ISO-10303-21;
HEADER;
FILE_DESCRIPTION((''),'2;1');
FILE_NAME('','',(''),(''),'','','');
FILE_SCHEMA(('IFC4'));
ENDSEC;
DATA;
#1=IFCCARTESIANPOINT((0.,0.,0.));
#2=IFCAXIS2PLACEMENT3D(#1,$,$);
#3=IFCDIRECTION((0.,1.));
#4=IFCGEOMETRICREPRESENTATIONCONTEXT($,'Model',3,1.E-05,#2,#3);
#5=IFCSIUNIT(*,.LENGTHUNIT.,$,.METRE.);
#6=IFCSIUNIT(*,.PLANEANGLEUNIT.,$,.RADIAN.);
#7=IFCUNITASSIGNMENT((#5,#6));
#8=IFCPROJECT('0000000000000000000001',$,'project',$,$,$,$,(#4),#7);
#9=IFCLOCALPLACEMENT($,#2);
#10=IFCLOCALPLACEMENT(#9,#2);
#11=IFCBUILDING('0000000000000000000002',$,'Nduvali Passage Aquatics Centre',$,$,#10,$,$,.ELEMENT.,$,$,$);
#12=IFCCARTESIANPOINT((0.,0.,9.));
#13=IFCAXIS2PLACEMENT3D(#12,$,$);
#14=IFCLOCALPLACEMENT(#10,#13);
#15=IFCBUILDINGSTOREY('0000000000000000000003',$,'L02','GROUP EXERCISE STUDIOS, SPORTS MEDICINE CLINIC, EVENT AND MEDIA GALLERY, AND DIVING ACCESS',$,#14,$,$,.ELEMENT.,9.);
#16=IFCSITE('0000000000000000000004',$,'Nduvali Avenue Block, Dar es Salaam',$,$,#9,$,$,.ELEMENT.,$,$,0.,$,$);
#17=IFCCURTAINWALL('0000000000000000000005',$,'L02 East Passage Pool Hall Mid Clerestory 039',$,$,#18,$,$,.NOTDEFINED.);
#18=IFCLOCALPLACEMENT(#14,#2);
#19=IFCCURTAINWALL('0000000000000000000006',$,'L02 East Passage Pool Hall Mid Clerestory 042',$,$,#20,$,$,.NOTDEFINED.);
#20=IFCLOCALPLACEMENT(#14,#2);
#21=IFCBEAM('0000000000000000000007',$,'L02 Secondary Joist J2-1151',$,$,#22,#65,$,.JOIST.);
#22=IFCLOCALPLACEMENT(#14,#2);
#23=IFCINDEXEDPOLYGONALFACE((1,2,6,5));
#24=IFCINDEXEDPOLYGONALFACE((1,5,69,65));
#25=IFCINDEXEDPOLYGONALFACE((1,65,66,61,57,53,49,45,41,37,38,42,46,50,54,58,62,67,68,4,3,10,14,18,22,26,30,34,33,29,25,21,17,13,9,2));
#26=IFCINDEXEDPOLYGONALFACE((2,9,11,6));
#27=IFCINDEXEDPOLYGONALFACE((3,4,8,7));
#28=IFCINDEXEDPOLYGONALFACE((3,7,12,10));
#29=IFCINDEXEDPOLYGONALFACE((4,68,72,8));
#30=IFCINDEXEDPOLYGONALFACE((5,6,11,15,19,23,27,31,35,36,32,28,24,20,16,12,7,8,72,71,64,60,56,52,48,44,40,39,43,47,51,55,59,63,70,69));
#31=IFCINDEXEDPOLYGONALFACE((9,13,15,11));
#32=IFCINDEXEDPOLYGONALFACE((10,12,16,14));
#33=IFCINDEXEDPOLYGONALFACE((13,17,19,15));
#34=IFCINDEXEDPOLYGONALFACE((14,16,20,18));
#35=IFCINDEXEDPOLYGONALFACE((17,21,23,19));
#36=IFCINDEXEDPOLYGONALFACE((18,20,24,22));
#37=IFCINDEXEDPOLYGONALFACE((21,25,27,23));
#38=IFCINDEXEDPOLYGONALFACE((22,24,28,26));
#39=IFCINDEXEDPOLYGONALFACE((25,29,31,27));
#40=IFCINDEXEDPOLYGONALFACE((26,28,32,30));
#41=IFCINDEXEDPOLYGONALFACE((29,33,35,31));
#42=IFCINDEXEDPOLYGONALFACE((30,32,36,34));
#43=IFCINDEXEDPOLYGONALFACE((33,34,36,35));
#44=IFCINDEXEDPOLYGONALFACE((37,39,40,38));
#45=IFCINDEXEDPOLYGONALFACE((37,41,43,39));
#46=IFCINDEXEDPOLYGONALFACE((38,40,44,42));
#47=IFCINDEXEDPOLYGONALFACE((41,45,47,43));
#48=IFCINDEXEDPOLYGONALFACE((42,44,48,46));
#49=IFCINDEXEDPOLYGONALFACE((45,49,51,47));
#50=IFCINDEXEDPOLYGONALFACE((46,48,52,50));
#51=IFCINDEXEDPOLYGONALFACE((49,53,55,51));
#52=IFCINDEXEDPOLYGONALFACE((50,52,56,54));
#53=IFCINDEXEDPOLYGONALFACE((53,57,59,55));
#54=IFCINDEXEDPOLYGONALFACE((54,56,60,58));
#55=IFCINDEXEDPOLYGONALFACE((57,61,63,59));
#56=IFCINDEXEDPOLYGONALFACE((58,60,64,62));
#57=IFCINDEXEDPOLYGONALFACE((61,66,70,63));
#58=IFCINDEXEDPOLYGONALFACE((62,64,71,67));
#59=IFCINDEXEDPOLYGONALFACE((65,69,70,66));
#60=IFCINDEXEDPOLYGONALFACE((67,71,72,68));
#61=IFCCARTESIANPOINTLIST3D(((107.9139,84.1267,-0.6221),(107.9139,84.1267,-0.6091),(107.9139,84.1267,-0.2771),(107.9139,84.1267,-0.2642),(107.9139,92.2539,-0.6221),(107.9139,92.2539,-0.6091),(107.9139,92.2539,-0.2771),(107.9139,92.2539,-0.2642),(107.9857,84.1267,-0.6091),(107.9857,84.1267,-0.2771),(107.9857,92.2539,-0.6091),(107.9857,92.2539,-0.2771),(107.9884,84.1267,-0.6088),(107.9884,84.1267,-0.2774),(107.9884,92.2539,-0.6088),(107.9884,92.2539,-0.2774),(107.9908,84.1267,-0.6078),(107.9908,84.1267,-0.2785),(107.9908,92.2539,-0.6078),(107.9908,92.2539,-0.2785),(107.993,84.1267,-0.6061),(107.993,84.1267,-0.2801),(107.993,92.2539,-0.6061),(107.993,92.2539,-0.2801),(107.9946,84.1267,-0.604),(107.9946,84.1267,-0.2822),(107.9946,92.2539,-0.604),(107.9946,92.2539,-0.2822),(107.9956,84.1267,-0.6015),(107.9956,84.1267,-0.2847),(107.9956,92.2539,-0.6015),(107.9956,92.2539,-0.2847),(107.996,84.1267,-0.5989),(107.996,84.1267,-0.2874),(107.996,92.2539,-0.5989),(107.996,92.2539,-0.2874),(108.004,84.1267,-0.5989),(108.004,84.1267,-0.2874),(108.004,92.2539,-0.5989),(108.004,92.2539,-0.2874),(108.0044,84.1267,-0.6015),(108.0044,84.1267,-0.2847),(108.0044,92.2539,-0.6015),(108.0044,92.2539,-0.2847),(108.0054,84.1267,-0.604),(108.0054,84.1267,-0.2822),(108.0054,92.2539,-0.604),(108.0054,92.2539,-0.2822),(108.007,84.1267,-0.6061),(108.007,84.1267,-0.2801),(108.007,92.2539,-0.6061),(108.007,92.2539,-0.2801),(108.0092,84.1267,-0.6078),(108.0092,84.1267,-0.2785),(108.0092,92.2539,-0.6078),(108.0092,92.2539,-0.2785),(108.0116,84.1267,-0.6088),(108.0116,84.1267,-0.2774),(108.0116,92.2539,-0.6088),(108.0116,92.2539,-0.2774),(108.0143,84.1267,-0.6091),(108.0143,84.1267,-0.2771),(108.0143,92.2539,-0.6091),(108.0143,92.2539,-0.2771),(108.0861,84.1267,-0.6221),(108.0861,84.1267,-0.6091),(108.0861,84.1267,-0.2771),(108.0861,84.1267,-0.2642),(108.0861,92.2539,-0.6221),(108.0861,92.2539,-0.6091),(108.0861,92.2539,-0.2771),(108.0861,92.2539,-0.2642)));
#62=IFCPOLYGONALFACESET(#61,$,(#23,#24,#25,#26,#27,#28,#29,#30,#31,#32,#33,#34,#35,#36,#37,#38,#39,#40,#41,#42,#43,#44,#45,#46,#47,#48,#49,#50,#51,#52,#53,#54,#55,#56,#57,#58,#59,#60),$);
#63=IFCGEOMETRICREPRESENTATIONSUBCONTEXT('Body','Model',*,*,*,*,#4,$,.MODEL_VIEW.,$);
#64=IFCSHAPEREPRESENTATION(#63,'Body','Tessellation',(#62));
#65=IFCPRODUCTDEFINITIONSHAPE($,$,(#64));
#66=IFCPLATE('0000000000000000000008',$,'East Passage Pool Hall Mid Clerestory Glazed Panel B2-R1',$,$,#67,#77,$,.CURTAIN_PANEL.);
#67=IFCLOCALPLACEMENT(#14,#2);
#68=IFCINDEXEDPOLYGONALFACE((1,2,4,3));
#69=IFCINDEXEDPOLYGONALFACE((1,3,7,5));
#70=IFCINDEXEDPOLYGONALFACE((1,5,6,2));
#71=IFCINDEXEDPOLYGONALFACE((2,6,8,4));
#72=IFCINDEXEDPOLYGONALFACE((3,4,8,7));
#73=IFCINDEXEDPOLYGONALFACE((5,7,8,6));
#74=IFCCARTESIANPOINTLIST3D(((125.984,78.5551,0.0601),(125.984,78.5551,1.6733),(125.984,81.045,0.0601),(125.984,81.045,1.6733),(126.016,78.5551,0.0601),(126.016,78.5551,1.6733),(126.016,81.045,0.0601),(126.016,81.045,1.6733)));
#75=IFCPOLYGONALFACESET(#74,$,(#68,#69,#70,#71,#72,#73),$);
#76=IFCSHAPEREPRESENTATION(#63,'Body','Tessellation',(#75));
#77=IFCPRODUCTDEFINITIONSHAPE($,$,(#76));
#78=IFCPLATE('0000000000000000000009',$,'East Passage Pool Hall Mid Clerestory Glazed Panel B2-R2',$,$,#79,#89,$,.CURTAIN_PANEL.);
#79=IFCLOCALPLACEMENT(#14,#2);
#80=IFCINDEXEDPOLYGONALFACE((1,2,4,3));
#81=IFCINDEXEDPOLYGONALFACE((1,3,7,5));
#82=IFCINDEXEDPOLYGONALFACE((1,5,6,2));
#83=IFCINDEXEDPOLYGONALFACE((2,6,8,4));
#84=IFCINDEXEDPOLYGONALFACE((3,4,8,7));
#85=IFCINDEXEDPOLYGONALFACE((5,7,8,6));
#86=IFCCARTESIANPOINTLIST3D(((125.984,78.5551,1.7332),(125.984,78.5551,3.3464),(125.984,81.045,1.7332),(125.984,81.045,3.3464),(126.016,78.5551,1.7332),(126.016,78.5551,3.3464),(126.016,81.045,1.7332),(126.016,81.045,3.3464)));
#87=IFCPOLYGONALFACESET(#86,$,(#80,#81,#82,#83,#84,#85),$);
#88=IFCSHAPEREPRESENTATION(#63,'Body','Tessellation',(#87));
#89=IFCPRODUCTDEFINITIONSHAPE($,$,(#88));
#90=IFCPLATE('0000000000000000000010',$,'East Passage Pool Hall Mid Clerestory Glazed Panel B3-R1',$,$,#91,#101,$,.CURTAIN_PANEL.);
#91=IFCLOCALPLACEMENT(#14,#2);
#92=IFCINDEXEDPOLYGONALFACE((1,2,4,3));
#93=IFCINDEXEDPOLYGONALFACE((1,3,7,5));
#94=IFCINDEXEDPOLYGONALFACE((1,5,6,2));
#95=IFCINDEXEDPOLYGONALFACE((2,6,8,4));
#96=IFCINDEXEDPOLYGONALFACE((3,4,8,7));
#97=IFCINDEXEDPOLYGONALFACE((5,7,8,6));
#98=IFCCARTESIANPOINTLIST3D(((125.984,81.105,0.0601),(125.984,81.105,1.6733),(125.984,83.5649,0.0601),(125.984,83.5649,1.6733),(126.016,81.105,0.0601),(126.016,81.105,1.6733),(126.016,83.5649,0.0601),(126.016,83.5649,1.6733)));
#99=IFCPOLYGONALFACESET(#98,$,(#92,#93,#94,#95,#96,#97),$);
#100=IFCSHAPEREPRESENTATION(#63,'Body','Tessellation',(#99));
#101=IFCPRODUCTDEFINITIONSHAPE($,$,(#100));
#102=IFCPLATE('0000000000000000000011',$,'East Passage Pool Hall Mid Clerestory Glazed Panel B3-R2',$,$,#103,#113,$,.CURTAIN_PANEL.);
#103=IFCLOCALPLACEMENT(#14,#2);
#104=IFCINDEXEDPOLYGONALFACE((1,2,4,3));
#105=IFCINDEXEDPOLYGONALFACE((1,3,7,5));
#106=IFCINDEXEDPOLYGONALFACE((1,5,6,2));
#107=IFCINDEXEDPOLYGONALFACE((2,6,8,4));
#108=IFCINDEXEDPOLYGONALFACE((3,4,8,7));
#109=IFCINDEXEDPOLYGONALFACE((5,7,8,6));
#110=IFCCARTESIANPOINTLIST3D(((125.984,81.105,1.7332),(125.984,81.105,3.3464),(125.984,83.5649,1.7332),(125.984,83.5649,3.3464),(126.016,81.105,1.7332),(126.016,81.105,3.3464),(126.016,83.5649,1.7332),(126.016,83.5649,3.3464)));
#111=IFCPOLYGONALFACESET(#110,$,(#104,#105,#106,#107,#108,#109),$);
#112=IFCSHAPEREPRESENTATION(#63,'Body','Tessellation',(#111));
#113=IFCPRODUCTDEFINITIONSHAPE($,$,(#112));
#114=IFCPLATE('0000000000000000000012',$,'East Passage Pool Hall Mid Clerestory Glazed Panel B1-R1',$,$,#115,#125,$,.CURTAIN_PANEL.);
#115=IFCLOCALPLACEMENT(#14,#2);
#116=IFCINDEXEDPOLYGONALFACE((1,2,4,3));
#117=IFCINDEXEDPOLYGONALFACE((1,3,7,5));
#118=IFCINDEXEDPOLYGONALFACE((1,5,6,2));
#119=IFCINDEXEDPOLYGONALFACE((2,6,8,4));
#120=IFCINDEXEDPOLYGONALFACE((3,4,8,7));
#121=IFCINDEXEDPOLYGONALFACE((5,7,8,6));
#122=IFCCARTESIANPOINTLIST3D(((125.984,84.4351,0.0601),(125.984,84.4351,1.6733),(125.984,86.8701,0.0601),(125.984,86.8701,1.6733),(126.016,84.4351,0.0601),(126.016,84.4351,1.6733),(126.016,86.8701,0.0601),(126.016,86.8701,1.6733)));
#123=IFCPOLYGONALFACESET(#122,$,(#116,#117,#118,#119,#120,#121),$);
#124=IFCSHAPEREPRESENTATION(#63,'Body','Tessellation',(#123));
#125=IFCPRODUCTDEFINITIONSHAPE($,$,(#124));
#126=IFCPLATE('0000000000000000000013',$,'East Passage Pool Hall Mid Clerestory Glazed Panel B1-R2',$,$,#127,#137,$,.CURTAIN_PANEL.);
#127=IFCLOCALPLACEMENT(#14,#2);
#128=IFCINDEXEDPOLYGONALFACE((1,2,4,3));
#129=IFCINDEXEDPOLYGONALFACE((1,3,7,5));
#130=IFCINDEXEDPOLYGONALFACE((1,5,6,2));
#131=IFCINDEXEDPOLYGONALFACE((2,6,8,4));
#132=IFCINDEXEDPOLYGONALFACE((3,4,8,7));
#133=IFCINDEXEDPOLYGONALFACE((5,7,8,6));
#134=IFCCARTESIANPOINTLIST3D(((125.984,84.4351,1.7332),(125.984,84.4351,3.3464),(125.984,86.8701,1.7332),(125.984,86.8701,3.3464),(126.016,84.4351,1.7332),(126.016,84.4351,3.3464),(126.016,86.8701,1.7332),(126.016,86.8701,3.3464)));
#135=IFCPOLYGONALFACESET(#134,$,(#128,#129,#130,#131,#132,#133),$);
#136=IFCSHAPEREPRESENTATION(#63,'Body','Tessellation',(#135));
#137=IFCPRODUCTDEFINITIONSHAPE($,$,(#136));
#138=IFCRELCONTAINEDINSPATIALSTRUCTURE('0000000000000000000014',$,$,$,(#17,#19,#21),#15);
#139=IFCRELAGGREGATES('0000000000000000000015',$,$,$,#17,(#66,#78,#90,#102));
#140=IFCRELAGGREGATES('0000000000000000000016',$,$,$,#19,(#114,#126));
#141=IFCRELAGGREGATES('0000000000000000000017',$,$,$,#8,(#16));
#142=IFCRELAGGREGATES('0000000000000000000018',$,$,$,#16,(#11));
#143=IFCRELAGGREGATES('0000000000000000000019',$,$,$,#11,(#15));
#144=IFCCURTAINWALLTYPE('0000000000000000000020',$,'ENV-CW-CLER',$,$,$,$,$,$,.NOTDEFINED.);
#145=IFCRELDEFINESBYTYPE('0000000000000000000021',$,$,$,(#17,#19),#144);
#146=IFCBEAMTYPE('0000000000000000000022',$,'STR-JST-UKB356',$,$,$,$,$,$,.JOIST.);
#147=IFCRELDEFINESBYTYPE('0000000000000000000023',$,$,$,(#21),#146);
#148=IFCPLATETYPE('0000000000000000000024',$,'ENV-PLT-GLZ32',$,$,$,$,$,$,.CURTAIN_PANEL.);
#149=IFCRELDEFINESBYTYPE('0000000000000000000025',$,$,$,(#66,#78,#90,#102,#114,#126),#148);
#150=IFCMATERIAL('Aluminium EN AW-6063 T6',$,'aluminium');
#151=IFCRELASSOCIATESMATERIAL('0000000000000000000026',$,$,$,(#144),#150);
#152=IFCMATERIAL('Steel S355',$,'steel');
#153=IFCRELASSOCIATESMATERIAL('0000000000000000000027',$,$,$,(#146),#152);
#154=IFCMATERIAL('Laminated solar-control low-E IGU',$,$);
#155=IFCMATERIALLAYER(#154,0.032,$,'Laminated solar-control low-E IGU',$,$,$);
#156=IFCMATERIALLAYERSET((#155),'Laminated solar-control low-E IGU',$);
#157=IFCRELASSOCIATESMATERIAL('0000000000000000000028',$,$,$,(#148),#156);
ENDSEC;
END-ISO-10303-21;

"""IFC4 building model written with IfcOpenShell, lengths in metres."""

from ifc_helpers import new_model, si_unit, direction, frame, origin, origin_2d, place, context, subcontext, project, spatial, rectangle, i_section, extrude, material, layer, layer_set, material_profile, profile_set, type_object, element, aggregate, save


model = new_model("IFC4")

# Units and contexts
model_context = context("Model", 3, precision=1e-05, world=origin(), true_north=direction((0.0, 1.0)))
body_context = subcontext(model_context, "Body", "Model", "MODEL_VIEW")
ifc_project = project(units=[si_unit("LENGTHUNIT", "METRE"), si_unit("PLANEANGLEUNIT", "RADIAN")], contexts=[model_context])

# Site, building, storey
site_placement = place(None, origin())
site = spatial("IfcSite", under=ifc_project, at=site_placement, Name="Nduvali Avenue Block, Dar es Salaam", CompositionType="ELEMENT", RefElevation=0.0)
building_placement = place(site_placement, origin())
building = spatial("IfcBuilding", under=site, at=building_placement, Name="Nduvali Passage Aquatics Centre", CompositionType="ELEMENT")
storey_placement = place(building_placement, frame((0.0, 0.0, 9.0)))
storey = spatial("IfcBuildingStorey", under=building, at=storey_placement, Name="L02", Description="GROUP EXERCISE STUDIOS, SPORTS MEDICINE CLINIC, EVENT AND MEDIA GALLERY, AND DIVING ACCESS", CompositionType="ELEMENT", Elevation=9.0)

# Curtain walls
ifc_material_1 = material(Name="Aluminium EN AW-6063 T6", Category="aluminium")
curtain_wall_type = type_object("IfcCurtainWallType", Name="ENV-CW-CLER", PredefinedType="NOTDEFINED", material=ifc_material_1)
curtain_wall_1_placement = place(storey_placement, origin())
curtain_wall_1 = element("IfcCurtainWall", 1, at=curtain_wall_1_placement, inside=storey, type_object=curtain_wall_type, Name="L02 East Passage Pool Hall Mid Clerestory 039", PredefinedType="NOTDEFINED")
curtain_wall_2_placement = place(storey_placement, origin())
curtain_wall_2 = element("IfcCurtainWall", 2, at=curtain_wall_2_placement, inside=storey, type_object=curtain_wall_type, Name="L02 East Passage Pool Hall Mid Clerestory 042", PredefinedType="NOTDEFINED")

# Beam
ifc_material_2 = material(Name="Steel S355", Category="steel")
ifc_material_profile_1 = material_profile(ifc_material_2, i_section(OverallWidth=0.1721, OverallDepth=0.3579, WebThickness=0.0081, FlangeThickness=0.0129, FilletRadius=0.0103, at=origin_2d()), Name="UKB 356x171x57")
ifc_profile_set_1 = profile_set([ifc_material_profile_1], Name="Steel S355")
beam_type_1 = type_object("IfcBeamType", Name="STR-JST-UKB356", PredefinedType="JOIST", material=ifc_profile_set_1)
beam_1_placement = place(storey_placement, frame((108.0, 84.1267, -0.4431), z_axis=(0.0, 1.0, 0.0), x_axis=(-1.0, 0.0, 0.0)))
element("IfcBeam", 3, at=beam_1_placement, inside=storey, type_object=beam_type_1, Name="L02 Secondary Joist J2-1151", PredefinedType="JOIST", context=body_context, shape_type="SweptSolid", body=[
    extrude(i_section(OverallWidth=0.1721, OverallDepth=0.3579, WebThickness=0.0081, FlangeThickness=0.0129, FilletRadius=0.0103, at=origin_2d()), origin(), (0.0, 0.0, 1.0), 8.1272),
])

# Plates
ifc_material_3 = material(Name="Laminated solar-control low-E IGU")
ifc_layer = layer(ifc_material_3, 0.032, Name="Laminated solar-control low-E IGU")
ifc_layer_set = layer_set([ifc_layer], Name="Laminated solar-control low-E IGU")
plate_type = type_object("IfcPlateType", Name="ENV-PLT-GLZ32", PredefinedType="CURTAIN_PANEL", material=ifc_layer_set)
plate_1_placement = place(storey_placement, frame((126.0, 79.8, 0.0601), z_axis=(0.0, 0.0, 1.0), x_axis=(0.0, 1.0, 0.0)))
plate_1 = element("IfcPlate", 4, at=plate_1_placement, type_object=plate_type, Name="East Passage Pool Hall Mid Clerestory Glazed Panel B2-R1", PredefinedType="CURTAIN_PANEL", context=body_context, shape_type="SweptSolid", body=[
    extrude(rectangle(XDim=2.49, YDim=0.032, at=origin_2d()), origin(), (0.0, 0.0, 1.0), 1.6133),
])
plate_2_placement = place(storey_placement, frame((126.0, 79.8, 1.7332), z_axis=(0.0, 0.0, 1.0), x_axis=(0.0, 1.0, 0.0)))
plate_2 = element("IfcPlate", 5, at=plate_2_placement, type_object=plate_type, Name="East Passage Pool Hall Mid Clerestory Glazed Panel B2-R2", PredefinedType="CURTAIN_PANEL", context=body_context, shape_type="SweptSolid", body=[
    extrude(rectangle(XDim=2.49, YDim=0.032, at=origin_2d()), origin(), (0.0, 0.0, 1.0), 1.6133),
])
plate_3_placement = place(storey_placement, frame((126.0, 82.335, 0.0601), z_axis=(0.0, 0.0, 1.0), x_axis=(0.0, 1.0, 0.0)))
plate_3 = element("IfcPlate", 6, at=plate_3_placement, type_object=plate_type, Name="East Passage Pool Hall Mid Clerestory Glazed Panel B3-R1", PredefinedType="CURTAIN_PANEL", context=body_context, shape_type="SweptSolid", body=[
    extrude(rectangle(XDim=2.46, YDim=0.032, at=origin_2d()), origin(), (0.0, 0.0, 1.0), 1.6133),
])
plate_4_placement = place(storey_placement, frame((126.0, 82.335, 1.7332), z_axis=(0.0, 0.0, 1.0), x_axis=(0.0, 1.0, 0.0)))
plate_4 = element("IfcPlate", 7, at=plate_4_placement, type_object=plate_type, Name="East Passage Pool Hall Mid Clerestory Glazed Panel B3-R2", PredefinedType="CURTAIN_PANEL", context=body_context, shape_type="SweptSolid", body=[
    extrude(rectangle(XDim=2.46, YDim=0.032, at=origin_2d()), origin(), (0.0, 0.0, 1.0), 1.6133),
])
aggregate(curtain_wall_1, [plate_1, plate_2, plate_3, plate_4])
plate_5_placement = place(storey_placement, frame((126.0, 85.6526, 0.0601), z_axis=(0.0, 0.0, 1.0), x_axis=(0.0, 1.0, 0.0)))
plate_5 = element("IfcPlate", 8, at=plate_5_placement, type_object=plate_type, Name="East Passage Pool Hall Mid Clerestory Glazed Panel B1-R1", PredefinedType="CURTAIN_PANEL", context=body_context, shape_type="SweptSolid", body=[
    extrude(rectangle(XDim=2.4351, YDim=0.032, at=origin_2d()), origin(), (0.0, 0.0, 1.0), 1.6133),
])
plate_6_placement = place(storey_placement, frame((126.0, 85.6526, 1.7332), z_axis=(0.0, 0.0, 1.0), x_axis=(0.0, 1.0, 0.0)))
plate_6 = element("IfcPlate", 9, at=plate_6_placement, type_object=plate_type, Name="East Passage Pool Hall Mid Clerestory Glazed Panel B1-R2", PredefinedType="CURTAIN_PANEL", context=body_context, shape_type="SweptSolid", body=[
    extrude(rectangle(XDim=2.4351, YDim=0.032, at=origin_2d()), origin(), (0.0, 0.0, 1.0), 1.6133),
])
aggregate(curtain_wall_2, [plate_5, plate_6])

save(model, "model.ifc")
